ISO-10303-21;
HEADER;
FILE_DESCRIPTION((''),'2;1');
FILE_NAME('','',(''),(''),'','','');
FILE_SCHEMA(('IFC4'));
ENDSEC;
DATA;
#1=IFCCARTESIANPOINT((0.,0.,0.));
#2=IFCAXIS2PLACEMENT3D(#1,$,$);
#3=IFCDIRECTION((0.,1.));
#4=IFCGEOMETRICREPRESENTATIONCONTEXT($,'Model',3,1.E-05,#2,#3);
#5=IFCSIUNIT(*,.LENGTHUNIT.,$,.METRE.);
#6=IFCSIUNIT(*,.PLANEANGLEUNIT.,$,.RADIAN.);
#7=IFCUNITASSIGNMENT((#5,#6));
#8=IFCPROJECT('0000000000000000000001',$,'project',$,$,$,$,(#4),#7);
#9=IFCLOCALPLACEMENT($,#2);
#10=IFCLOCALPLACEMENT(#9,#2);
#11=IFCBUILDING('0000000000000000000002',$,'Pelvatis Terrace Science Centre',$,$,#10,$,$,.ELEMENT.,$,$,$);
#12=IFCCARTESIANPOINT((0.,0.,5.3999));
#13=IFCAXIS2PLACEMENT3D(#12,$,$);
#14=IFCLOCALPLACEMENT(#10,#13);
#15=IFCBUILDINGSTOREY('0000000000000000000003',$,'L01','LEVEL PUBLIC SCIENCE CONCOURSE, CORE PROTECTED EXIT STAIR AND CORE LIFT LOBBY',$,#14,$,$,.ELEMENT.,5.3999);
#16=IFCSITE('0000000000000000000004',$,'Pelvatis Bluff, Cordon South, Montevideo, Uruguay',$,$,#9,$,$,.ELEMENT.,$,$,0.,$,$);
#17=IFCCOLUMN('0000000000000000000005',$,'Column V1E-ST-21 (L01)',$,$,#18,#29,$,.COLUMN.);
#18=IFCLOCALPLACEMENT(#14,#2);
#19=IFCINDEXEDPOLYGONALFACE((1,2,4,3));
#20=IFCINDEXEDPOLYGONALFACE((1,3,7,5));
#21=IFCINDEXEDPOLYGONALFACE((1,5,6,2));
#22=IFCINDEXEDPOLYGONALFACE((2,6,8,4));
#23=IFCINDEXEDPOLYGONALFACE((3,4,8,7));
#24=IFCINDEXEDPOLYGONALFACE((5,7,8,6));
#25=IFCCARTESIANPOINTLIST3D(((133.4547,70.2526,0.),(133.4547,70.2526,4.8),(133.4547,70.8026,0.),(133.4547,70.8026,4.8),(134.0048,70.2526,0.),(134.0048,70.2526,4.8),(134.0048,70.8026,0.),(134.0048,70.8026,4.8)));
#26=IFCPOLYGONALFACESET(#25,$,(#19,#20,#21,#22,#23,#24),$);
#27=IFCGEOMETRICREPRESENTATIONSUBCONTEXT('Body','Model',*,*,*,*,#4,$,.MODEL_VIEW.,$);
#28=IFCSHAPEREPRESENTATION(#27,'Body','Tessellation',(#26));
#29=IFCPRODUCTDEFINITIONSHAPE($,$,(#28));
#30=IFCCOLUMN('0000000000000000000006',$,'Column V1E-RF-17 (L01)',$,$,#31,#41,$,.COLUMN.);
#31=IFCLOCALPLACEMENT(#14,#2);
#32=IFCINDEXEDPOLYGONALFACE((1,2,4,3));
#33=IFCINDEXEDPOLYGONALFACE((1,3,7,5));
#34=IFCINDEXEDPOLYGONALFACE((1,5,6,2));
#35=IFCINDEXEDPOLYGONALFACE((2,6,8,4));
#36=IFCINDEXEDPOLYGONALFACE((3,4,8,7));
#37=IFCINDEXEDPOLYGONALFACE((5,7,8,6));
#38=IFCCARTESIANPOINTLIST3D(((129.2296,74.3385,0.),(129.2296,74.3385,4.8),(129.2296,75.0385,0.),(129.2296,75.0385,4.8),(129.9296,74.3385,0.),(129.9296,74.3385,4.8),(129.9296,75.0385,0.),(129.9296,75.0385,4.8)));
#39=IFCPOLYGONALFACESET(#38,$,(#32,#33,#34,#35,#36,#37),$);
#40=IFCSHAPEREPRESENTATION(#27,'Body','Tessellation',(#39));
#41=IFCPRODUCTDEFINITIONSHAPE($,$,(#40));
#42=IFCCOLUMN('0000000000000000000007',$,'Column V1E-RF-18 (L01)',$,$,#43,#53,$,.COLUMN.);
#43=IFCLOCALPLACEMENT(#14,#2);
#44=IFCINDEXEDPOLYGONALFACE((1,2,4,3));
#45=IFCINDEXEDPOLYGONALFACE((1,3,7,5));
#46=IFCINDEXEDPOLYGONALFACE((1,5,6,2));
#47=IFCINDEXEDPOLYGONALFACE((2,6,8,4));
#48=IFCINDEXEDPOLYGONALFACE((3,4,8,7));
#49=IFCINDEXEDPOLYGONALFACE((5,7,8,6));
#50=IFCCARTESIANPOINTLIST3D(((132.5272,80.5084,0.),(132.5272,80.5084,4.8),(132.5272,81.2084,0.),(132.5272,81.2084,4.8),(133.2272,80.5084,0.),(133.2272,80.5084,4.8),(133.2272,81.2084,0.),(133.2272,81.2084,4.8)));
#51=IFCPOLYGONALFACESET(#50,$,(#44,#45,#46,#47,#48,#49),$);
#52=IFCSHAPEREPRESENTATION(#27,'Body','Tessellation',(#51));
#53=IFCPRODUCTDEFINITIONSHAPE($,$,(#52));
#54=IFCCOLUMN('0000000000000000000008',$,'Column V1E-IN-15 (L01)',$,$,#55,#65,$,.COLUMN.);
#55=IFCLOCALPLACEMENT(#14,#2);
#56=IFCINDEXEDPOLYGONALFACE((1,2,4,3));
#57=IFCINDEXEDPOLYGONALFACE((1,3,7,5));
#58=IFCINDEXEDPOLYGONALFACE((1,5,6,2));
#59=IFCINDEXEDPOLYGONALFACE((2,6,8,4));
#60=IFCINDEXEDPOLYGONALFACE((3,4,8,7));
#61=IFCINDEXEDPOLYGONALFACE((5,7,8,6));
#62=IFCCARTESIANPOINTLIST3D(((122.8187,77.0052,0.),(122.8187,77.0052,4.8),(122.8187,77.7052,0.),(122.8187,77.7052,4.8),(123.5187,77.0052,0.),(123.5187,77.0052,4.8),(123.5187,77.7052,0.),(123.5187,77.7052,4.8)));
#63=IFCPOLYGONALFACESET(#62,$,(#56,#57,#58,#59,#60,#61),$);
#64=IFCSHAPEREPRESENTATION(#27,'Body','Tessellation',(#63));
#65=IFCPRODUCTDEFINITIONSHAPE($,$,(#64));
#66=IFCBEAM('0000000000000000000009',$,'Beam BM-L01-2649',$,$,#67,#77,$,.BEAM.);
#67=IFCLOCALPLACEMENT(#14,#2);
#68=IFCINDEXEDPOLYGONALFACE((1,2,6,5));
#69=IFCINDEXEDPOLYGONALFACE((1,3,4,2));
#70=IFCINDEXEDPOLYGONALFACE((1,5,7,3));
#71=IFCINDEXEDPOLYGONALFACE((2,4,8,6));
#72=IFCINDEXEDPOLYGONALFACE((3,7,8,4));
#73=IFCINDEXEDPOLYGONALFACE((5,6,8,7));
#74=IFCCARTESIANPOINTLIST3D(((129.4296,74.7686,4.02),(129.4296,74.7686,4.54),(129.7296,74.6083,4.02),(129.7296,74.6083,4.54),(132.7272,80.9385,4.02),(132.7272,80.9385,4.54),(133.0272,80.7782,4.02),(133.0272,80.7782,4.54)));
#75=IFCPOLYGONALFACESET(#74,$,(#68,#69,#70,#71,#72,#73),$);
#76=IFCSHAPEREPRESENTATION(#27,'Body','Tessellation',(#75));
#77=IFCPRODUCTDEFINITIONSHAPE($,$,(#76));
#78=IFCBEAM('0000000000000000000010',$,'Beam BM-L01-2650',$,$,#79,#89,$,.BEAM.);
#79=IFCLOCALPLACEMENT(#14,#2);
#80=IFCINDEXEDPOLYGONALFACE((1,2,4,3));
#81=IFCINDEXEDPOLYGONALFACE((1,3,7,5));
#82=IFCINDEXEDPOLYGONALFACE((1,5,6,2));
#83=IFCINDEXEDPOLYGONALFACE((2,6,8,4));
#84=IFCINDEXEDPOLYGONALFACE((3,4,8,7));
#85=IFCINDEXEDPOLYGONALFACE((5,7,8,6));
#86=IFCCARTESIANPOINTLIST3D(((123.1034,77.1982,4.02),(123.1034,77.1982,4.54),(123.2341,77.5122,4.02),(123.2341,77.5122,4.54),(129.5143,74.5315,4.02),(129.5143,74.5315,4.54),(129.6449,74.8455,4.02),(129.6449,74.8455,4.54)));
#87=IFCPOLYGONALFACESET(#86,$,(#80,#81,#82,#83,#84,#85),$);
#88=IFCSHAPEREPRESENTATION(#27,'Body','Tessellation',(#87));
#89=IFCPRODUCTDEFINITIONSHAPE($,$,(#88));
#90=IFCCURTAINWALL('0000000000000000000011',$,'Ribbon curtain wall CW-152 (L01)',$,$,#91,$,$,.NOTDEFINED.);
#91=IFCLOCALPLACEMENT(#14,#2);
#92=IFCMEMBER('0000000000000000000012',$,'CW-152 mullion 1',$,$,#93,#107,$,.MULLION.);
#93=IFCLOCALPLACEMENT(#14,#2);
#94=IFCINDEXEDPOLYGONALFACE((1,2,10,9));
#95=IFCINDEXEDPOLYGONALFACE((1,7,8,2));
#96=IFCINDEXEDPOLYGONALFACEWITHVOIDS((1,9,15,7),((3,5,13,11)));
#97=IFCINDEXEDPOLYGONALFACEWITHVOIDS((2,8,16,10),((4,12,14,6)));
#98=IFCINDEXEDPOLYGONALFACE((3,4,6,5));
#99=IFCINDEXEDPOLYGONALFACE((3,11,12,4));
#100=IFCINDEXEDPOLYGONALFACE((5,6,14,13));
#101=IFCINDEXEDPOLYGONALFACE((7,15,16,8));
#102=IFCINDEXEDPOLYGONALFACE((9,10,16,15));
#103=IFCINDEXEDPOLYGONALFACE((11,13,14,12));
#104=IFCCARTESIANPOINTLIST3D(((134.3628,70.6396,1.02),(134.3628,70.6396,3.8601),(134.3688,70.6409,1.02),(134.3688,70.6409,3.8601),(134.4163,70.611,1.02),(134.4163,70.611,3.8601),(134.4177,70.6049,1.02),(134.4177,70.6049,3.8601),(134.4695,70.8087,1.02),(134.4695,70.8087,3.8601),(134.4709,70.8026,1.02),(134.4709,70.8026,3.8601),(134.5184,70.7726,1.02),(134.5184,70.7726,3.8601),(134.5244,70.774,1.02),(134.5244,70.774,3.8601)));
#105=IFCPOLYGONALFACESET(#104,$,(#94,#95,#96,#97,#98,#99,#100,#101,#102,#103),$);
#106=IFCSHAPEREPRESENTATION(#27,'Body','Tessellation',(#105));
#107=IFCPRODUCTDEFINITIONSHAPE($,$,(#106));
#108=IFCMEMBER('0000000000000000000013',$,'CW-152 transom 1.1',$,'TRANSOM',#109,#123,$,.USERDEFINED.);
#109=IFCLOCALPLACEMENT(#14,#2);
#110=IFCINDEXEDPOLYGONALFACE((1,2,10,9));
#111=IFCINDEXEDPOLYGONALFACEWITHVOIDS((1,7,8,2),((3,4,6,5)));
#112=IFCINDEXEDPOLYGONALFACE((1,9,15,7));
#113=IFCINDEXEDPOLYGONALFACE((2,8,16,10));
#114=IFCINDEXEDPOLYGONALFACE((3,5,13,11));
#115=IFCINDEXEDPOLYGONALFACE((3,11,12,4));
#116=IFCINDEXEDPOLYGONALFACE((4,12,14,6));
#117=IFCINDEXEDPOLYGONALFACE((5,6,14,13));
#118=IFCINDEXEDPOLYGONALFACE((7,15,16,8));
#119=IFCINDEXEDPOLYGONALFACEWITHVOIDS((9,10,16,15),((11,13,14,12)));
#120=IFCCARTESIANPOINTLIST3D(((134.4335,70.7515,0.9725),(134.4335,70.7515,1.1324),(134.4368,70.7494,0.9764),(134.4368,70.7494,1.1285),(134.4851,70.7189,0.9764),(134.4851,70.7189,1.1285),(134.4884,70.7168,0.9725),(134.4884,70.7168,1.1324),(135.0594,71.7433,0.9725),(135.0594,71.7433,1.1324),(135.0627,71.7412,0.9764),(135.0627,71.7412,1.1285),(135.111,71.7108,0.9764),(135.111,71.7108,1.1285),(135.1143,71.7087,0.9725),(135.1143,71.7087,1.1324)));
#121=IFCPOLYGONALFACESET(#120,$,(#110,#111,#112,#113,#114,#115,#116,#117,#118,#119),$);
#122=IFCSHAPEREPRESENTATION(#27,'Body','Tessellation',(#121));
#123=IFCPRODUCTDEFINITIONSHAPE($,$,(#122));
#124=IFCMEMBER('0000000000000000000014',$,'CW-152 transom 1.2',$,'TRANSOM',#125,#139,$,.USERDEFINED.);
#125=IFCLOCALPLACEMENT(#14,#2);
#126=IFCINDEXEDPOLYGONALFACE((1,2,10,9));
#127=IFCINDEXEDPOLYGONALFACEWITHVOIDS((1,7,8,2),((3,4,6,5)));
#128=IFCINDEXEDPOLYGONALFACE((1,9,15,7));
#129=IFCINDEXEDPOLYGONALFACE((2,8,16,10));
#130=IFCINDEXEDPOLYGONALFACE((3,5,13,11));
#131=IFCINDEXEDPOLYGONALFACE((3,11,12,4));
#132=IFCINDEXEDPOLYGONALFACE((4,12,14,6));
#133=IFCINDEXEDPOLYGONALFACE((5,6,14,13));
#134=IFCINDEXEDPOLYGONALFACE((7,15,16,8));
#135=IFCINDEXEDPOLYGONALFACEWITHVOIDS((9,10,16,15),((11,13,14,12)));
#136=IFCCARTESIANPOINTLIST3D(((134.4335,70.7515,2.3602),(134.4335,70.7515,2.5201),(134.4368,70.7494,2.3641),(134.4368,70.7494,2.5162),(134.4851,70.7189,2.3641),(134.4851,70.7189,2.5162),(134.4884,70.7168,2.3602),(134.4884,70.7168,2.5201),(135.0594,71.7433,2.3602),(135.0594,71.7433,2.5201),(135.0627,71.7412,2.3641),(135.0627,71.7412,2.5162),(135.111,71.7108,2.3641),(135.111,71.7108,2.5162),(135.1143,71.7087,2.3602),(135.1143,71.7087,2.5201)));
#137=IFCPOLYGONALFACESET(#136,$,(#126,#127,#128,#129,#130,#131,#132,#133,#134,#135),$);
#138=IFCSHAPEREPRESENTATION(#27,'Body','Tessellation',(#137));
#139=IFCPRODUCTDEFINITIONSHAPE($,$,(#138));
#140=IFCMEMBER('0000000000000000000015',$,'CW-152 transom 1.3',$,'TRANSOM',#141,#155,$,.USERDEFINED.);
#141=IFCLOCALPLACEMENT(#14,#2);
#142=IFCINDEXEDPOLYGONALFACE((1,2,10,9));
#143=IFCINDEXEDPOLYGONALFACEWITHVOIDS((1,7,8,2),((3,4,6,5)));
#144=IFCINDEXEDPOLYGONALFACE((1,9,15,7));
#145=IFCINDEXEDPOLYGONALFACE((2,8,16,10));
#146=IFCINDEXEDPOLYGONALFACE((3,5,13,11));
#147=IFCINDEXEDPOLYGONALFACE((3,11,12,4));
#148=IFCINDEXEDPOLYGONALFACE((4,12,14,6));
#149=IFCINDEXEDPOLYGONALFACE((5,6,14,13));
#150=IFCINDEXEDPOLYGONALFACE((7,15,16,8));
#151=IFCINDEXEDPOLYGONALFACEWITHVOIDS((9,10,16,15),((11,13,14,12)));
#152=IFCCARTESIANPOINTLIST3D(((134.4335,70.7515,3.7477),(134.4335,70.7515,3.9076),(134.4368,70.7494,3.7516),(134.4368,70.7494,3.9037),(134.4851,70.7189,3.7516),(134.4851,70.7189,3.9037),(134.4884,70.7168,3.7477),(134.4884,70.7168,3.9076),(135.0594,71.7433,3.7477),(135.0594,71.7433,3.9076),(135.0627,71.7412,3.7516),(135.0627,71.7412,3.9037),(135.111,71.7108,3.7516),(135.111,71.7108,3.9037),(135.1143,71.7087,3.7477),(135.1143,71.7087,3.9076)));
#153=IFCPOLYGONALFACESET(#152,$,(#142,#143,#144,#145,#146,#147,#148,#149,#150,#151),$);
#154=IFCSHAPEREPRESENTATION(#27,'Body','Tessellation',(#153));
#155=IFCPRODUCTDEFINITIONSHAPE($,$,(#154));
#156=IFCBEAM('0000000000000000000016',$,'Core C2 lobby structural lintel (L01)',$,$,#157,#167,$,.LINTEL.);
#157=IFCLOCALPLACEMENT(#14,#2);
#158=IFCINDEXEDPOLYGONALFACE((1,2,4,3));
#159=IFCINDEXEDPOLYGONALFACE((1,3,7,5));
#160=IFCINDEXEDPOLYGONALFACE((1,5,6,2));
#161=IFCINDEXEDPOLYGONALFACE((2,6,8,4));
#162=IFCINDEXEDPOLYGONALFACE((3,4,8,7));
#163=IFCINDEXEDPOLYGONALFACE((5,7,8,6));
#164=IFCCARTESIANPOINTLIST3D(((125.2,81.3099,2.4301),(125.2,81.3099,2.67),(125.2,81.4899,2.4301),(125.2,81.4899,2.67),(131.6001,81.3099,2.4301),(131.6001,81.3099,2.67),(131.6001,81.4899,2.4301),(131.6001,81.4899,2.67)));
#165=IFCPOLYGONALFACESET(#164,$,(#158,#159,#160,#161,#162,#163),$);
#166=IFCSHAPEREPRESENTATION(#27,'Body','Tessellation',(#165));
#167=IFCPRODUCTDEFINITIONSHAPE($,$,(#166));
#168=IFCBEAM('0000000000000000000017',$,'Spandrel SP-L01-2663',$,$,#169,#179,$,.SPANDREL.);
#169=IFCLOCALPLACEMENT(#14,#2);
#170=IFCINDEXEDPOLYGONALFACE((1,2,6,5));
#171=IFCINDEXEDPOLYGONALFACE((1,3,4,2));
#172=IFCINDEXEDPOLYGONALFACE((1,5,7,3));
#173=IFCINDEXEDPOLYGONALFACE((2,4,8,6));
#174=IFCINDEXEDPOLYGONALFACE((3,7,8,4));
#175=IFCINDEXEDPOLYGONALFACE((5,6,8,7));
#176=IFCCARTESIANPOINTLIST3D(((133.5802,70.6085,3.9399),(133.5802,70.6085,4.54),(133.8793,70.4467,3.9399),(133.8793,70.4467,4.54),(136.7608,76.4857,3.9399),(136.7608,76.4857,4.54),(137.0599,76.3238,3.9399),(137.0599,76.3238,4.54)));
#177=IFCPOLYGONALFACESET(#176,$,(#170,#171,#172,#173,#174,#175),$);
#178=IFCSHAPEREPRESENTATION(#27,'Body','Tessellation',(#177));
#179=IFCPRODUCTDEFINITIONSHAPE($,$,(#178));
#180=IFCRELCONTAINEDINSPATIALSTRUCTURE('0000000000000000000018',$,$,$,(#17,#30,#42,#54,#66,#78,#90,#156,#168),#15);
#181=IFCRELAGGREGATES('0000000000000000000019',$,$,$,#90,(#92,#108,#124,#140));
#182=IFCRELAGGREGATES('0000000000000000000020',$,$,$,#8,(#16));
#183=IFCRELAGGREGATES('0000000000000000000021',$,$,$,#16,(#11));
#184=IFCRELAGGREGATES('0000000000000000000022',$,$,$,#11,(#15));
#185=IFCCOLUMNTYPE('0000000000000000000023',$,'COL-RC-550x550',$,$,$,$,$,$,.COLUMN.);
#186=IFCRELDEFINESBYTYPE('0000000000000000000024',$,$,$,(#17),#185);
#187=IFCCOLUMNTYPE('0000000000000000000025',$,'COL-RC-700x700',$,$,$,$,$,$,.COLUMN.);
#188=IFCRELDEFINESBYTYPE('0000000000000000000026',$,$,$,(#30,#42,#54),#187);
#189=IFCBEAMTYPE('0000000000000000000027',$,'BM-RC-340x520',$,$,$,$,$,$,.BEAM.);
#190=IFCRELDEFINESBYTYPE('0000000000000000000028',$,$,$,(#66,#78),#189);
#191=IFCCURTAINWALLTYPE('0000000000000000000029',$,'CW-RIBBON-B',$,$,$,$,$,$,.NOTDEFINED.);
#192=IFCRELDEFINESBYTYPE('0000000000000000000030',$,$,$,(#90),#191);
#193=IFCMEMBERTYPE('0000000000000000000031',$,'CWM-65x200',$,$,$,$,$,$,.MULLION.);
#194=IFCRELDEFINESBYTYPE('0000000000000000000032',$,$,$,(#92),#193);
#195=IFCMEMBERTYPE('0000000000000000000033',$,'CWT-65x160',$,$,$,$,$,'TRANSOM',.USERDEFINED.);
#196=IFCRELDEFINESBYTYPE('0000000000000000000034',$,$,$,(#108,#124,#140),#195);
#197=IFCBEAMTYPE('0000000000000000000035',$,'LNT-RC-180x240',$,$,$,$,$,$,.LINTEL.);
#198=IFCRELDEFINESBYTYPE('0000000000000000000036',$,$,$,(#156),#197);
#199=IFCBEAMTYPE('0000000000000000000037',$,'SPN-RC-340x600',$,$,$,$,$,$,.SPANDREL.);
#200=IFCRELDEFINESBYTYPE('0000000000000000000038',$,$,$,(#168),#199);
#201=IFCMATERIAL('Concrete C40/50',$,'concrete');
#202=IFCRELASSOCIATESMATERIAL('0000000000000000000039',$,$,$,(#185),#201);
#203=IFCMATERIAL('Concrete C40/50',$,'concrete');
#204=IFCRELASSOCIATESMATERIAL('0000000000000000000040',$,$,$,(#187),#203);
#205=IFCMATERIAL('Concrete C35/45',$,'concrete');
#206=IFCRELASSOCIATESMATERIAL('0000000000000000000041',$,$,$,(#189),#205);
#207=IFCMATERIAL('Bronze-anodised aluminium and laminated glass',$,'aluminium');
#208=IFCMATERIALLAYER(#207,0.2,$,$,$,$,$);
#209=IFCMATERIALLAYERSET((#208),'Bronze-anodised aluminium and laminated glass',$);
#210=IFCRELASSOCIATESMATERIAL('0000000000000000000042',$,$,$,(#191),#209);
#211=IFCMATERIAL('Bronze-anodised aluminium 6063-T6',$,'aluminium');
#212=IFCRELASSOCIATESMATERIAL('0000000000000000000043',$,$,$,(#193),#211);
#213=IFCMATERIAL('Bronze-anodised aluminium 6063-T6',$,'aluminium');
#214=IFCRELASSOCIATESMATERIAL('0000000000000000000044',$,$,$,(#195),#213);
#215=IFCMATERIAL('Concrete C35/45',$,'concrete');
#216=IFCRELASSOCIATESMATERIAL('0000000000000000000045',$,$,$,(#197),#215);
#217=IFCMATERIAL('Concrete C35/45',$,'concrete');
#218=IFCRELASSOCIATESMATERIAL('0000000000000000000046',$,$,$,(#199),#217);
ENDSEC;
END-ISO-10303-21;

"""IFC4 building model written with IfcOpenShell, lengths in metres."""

from ifc_helpers import new_model, si_unit, direction, frame, origin, origin_2d, place, context, subcontext, project, spatial, rectangle, hollow_rectangle, extrude, material, layer, layer_set, material_profile, profile_set, type_object, element, aggregate, save


model = new_model("IFC4")

# Units and contexts
model_context = context("Model", 3, precision=1e-05, world=origin(), true_north=direction((0.0, 1.0)))
body_context = subcontext(model_context, "Body", "Model", "MODEL_VIEW")
ifc_project = project(units=[si_unit("LENGTHUNIT", "METRE"), si_unit("PLANEANGLEUNIT", "RADIAN")], contexts=[model_context])

# Site, building, storey
site_placement = place(None, origin())
site = spatial("IfcSite", under=ifc_project, at=site_placement, Name="Pelvatis Bluff, Cordon South, Montevideo, Uruguay", CompositionType="ELEMENT", RefElevation=0.0)
building_placement = place(site_placement, origin())
building = spatial("IfcBuilding", under=site, at=building_placement, Name="Pelvatis Terrace Science Centre", CompositionType="ELEMENT")
storey_placement = place(building_placement, frame((0.0, 0.0, 5.3999)))
storey = spatial("IfcBuildingStorey", under=building, at=storey_placement, Name="L01", Description="LEVEL PUBLIC SCIENCE CONCOURSE, CORE PROTECTED EXIT STAIR AND CORE LIFT LOBBY", CompositionType="ELEMENT", Elevation=5.3999)

# Columns
ifc_material_1 = material(Name="Concrete C40/50", Category="concrete")
ifc_material_profile_1 = material_profile(ifc_material_1, rectangle(XDim=0.55, YDim=0.55, at=origin_2d()), Name="RC-COL 550x550")
ifc_profile_set_1 = profile_set([ifc_material_profile_1], Name="Concrete C40/50")
column_type_1 = type_object("IfcColumnType", Name="COL-RC-550x550", PredefinedType="COLUMN", material=ifc_profile_set_1)
column_placement = place(storey_placement, frame((133.7297, 70.5276, 0.0), z_axis=(0.0, 0.0, 1.0), x_axis=(1.0, 0.0, 0.0)))
element("IfcColumn", 1, at=column_placement, inside=storey, type_object=column_type_1, Name="Column V1E-ST-21 (L01)", PredefinedType="COLUMN", context=body_context, shape_type="SweptSolid", body=[
    extrude(rectangle(XDim=0.55, YDim=0.55, at=origin_2d()), origin(), (0.0, 0.0, 1.0), 4.8),
])
ifc_material_2 = material(Name="Concrete C40/50", Category="concrete")
ifc_material_profile_2 = material_profile(ifc_material_2, rectangle(XDim=0.7, YDim=0.7, at=origin_2d()), Name="RC-COL 700x700")
ifc_profile_set_2 = profile_set([ifc_material_profile_2], Name="Concrete C40/50")
column_type_2 = type_object("IfcColumnType", Name="COL-RC-700x700", PredefinedType="COLUMN", material=ifc_profile_set_2)
for number, where, z_axis, x_axis, name in (
    (2, (129.5796, 74.6885, 0.0), (0.0, 0.0, 1.0), (1.0, 0.0, 0.0), "Column V1E-RF-17 (L01)"),
    (3, (132.8772, 80.8584, 0.0), (0.0, 0.0, 1.0), (1.0, 0.0, 0.0), "Column V1E-RF-18 (L01)"),
    (4, (123.1687, 77.3552, 0.0), (0.0, 0.0, 1.0), (1.0, 0.0, 0.0), "Column V1E-IN-15 (L01)"),
):
    element("IfcColumn", number, at=place(storey_placement, frame(where, z_axis=z_axis, x_axis=x_axis)), inside=storey, type_object=column_type_2, Name=name, PredefinedType="COLUMN", context=body_context, shape_type="SweptSolid", body=[
        extrude(rectangle(XDim=0.7, YDim=0.7, at=origin_2d()), origin(), (0.0, 0.0, 1.0), 4.8),
    ])

# Beams
ifc_material_3 = material(Name="Concrete C35/45", Category="concrete")
ifc_material_profile_3 = material_profile(ifc_material_3, rectangle(XDim=0.3401, YDim=0.52, at=origin_2d()), Name="RC-BM 340x520")
ifc_profile_set_3 = profile_set([ifc_material_profile_3], Name="Concrete C35/45")
beam_type_1 = type_object("IfcBeamType", Name="BM-RC-340x520", PredefinedType="BEAM", material=ifc_profile_set_3)
beam_1_placement = place(storey_placement, frame((129.5796, 74.6885, 4.28), z_axis=(0.471365, 0.881938, 0.0), x_axis=(-0.881938, 0.471365, 0.0)))
element("IfcBeam", 5, at=beam_1_placement, inside=storey, type_object=beam_type_1, Name="Beam BM-L01-2649", PredefinedType="BEAM", context=body_context, shape_type="SweptSolid", body=[
    extrude(rectangle(XDim=0.3401, YDim=0.52, at=origin_2d()), origin(), (0.0, 0.0, 1.0), 6.9958),
])
beam_2_placement = place(storey_placement, frame((129.5796, 74.6885, 4.28), z_axis=(-0.923305, 0.384069, 0.0), x_axis=(-0.384069, -0.923305, 0.0)))
element("IfcBeam", 6, at=beam_2_placement, inside=storey, type_object=beam_type_1, Name="Beam BM-L01-2650", PredefinedType="BEAM", context=body_context, shape_type="SweptSolid", body=[
    extrude(rectangle(XDim=0.3401, YDim=0.52, at=origin_2d()), origin(), (0.0, 0.0, 1.0), 6.9434),
])

# Curtain wall, members
ifc_material_4 = material(Name="Bronze-anodised aluminium and laminated glass", Category="aluminium")
ifc_layer_1 = layer(ifc_material_4, 0.2)
ifc_layer_set_1 = layer_set([ifc_layer_1], Name="Bronze-anodised aluminium and laminated glass")
curtain_wall_type = type_object("IfcCurtainWallType", Name="CW-RIBBON-B", PredefinedType="NOTDEFINED", material=ifc_layer_set_1)
curtain_wall_placement = place(storey_placement, origin())
curtain_wall = element("IfcCurtainWall", 7, at=curtain_wall_placement, inside=storey, type_object=curtain_wall_type, Name="Ribbon curtain wall CW-152 (L01)", PredefinedType="NOTDEFINED")
ifc_material_5 = material(Name="Bronze-anodised aluminium 6063-T6", Category="aluminium")
ifc_material_profile_4 = material_profile(ifc_material_5, hollow_rectangle(XDim=0.0649, YDim=0.2, WallThickness=0.0044, at=origin_2d()), Name="ALU-MUL 65x200")
ifc_profile_set_4 = profile_set([ifc_material_profile_4], Name="Bronze-anodised aluminium 6063-T6")
member_type_1 = type_object("IfcMemberType", Name="CWM-65x200", PredefinedType="MULLION", material=ifc_profile_set_4)
member_1_placement = place(storey_placement, frame((134.4436, 70.7068, 1.02), z_axis=(0.0, 0.0, 1.0), x_axis=(-0.84567, 0.533706, 0.0)))
member_1 = element("IfcMember", 8, at=member_1_placement, type_object=member_type_1, Name="CW-152 mullion 1", PredefinedType="MULLION", context=body_context, shape_type="SweptSolid", body=[
    extrude(hollow_rectangle(XDim=0.0649, YDim=0.2, WallThickness=0.0044, at=origin_2d()), origin(), (0.0, 0.0, 1.0), 2.8401),
])
ifc_material_6 = material(Name="Bronze-anodised aluminium 6063-T6", Category="aluminium")
ifc_material_profile_5 = material_profile(ifc_material_6, hollow_rectangle(XDim=0.0649, YDim=0.1599, WallThickness=0.0039, at=origin_2d()), Name="ALU-TRN 65x160")
ifc_profile_set_5 = profile_set([ifc_material_profile_5], Name="Bronze-anodised aluminium 6063-T6")
member_type_2 = type_object("IfcMemberType", Name="CWT-65x160", ElementType="TRANSOM", PredefinedType="USERDEFINED", material=ifc_profile_set_5)
member_2_placement = place(storey_placement, frame((134.4609, 70.7341, 1.0525), z_axis=(0.53368, 0.845687, 0.0), x_axis=(-0.845687, 0.53368, 0.0)))
member_2 = element("IfcMember", 9, at=member_2_placement, type_object=member_type_2, Name="CW-152 transom 1.1", ObjectType="TRANSOM", PredefinedType="USERDEFINED", context=body_context, shape_type="SweptSolid", body=[
    extrude(hollow_rectangle(XDim=0.0649, YDim=0.1599, WallThickness=0.0039, at=origin_2d()), origin(), (0.0, 0.0, 1.0), 1.1729),
])
member_3_placement = place(storey_placement, frame((134.4609, 70.7341, 2.4402), z_axis=(0.53368, 0.845687, 0.0), x_axis=(-0.845687, 0.53368, 0.0)))
member_3 = element("IfcMember", 10, at=member_3_placement, type_object=member_type_2, Name="CW-152 transom 1.2", ObjectType="TRANSOM", PredefinedType="USERDEFINED", context=body_context, shape_type="SweptSolid", body=[
    extrude(hollow_rectangle(XDim=0.0649, YDim=0.1599, WallThickness=0.0039, at=origin_2d()), origin(), (0.0, 0.0, 1.0), 1.1729),
])
member_4_placement = place(storey_placement, frame((134.4609, 70.7341, 3.8276), z_axis=(0.53368, 0.845687, 0.0), x_axis=(-0.845687, 0.53368, 0.0)))
member_4 = element("IfcMember", 11, at=member_4_placement, type_object=member_type_2, Name="CW-152 transom 1.3", ObjectType="TRANSOM", PredefinedType="USERDEFINED", context=body_context, shape_type="SweptSolid", body=[
    extrude(hollow_rectangle(XDim=0.0649, YDim=0.1599, WallThickness=0.0039, at=origin_2d()), origin(), (0.0, 0.0, 1.0), 1.1729),
])

# Beams
ifc_material_7 = material(Name="Concrete C35/45", Category="concrete")
ifc_material_profile_6 = material_profile(ifc_material_7, rectangle(XDim=0.1799, YDim=0.24, at=origin_2d()), Name="RC-LNT 180x240")
ifc_profile_set_6 = profile_set([ifc_material_profile_6], Name="Concrete C35/45")
beam_type_2 = type_object("IfcBeamType", Name="LNT-RC-180x240", PredefinedType="LINTEL", material=ifc_profile_set_6)
beam_3_placement = place(storey_placement, frame((125.2, 81.3999, 2.55), z_axis=(1.0, 0.0, 0.0), x_axis=(0.0, 1.0, 0.0)))
element("IfcBeam", 12, at=beam_3_placement, inside=storey, type_object=beam_type_2, Name="Core C2 lobby structural lintel (L01)", PredefinedType="LINTEL", context=body_context, shape_type="SweptSolid", body=[
    extrude(rectangle(XDim=0.1799, YDim=0.24, at=origin_2d()), origin(), (0.0, 0.0, 1.0), 6.4001),
])
ifc_material_8 = material(Name="Concrete C35/45", Category="concrete")
ifc_material_profile_7 = material_profile(ifc_material_8, rectangle(XDim=0.3401, YDim=0.6001, at=origin_2d()), Name="RC-SPN 340x600")
ifc_profile_set_7 = profile_set([ifc_material_profile_7], Name="Concrete C35/45")
beam_type_3 = type_object("IfcBeamType", Name="SPN-RC-340x600", PredefinedType="SPANDREL", material=ifc_profile_set_7)
beam_4_placement = place(storey_placement, frame((133.7297, 70.5276, 4.24), z_axis=(0.475957, 0.879468, 0.0), x_axis=(-0.879468, 0.475957, 0.0)))
element("IfcBeam", 13, at=beam_4_placement, inside=storey, type_object=beam_type_3, Name="Spandrel SP-L01-2663", PredefinedType="SPANDREL", context=body_context, shape_type="SweptSolid", body=[
    extrude(rectangle(XDim=0.3401, YDim=0.6001, at=origin_2d()), origin(), (0.0, 0.0, 1.0), 6.6826),
])

aggregate(curtain_wall, [member_1, member_2, member_3, member_4])

save(model, "model.ifc")
